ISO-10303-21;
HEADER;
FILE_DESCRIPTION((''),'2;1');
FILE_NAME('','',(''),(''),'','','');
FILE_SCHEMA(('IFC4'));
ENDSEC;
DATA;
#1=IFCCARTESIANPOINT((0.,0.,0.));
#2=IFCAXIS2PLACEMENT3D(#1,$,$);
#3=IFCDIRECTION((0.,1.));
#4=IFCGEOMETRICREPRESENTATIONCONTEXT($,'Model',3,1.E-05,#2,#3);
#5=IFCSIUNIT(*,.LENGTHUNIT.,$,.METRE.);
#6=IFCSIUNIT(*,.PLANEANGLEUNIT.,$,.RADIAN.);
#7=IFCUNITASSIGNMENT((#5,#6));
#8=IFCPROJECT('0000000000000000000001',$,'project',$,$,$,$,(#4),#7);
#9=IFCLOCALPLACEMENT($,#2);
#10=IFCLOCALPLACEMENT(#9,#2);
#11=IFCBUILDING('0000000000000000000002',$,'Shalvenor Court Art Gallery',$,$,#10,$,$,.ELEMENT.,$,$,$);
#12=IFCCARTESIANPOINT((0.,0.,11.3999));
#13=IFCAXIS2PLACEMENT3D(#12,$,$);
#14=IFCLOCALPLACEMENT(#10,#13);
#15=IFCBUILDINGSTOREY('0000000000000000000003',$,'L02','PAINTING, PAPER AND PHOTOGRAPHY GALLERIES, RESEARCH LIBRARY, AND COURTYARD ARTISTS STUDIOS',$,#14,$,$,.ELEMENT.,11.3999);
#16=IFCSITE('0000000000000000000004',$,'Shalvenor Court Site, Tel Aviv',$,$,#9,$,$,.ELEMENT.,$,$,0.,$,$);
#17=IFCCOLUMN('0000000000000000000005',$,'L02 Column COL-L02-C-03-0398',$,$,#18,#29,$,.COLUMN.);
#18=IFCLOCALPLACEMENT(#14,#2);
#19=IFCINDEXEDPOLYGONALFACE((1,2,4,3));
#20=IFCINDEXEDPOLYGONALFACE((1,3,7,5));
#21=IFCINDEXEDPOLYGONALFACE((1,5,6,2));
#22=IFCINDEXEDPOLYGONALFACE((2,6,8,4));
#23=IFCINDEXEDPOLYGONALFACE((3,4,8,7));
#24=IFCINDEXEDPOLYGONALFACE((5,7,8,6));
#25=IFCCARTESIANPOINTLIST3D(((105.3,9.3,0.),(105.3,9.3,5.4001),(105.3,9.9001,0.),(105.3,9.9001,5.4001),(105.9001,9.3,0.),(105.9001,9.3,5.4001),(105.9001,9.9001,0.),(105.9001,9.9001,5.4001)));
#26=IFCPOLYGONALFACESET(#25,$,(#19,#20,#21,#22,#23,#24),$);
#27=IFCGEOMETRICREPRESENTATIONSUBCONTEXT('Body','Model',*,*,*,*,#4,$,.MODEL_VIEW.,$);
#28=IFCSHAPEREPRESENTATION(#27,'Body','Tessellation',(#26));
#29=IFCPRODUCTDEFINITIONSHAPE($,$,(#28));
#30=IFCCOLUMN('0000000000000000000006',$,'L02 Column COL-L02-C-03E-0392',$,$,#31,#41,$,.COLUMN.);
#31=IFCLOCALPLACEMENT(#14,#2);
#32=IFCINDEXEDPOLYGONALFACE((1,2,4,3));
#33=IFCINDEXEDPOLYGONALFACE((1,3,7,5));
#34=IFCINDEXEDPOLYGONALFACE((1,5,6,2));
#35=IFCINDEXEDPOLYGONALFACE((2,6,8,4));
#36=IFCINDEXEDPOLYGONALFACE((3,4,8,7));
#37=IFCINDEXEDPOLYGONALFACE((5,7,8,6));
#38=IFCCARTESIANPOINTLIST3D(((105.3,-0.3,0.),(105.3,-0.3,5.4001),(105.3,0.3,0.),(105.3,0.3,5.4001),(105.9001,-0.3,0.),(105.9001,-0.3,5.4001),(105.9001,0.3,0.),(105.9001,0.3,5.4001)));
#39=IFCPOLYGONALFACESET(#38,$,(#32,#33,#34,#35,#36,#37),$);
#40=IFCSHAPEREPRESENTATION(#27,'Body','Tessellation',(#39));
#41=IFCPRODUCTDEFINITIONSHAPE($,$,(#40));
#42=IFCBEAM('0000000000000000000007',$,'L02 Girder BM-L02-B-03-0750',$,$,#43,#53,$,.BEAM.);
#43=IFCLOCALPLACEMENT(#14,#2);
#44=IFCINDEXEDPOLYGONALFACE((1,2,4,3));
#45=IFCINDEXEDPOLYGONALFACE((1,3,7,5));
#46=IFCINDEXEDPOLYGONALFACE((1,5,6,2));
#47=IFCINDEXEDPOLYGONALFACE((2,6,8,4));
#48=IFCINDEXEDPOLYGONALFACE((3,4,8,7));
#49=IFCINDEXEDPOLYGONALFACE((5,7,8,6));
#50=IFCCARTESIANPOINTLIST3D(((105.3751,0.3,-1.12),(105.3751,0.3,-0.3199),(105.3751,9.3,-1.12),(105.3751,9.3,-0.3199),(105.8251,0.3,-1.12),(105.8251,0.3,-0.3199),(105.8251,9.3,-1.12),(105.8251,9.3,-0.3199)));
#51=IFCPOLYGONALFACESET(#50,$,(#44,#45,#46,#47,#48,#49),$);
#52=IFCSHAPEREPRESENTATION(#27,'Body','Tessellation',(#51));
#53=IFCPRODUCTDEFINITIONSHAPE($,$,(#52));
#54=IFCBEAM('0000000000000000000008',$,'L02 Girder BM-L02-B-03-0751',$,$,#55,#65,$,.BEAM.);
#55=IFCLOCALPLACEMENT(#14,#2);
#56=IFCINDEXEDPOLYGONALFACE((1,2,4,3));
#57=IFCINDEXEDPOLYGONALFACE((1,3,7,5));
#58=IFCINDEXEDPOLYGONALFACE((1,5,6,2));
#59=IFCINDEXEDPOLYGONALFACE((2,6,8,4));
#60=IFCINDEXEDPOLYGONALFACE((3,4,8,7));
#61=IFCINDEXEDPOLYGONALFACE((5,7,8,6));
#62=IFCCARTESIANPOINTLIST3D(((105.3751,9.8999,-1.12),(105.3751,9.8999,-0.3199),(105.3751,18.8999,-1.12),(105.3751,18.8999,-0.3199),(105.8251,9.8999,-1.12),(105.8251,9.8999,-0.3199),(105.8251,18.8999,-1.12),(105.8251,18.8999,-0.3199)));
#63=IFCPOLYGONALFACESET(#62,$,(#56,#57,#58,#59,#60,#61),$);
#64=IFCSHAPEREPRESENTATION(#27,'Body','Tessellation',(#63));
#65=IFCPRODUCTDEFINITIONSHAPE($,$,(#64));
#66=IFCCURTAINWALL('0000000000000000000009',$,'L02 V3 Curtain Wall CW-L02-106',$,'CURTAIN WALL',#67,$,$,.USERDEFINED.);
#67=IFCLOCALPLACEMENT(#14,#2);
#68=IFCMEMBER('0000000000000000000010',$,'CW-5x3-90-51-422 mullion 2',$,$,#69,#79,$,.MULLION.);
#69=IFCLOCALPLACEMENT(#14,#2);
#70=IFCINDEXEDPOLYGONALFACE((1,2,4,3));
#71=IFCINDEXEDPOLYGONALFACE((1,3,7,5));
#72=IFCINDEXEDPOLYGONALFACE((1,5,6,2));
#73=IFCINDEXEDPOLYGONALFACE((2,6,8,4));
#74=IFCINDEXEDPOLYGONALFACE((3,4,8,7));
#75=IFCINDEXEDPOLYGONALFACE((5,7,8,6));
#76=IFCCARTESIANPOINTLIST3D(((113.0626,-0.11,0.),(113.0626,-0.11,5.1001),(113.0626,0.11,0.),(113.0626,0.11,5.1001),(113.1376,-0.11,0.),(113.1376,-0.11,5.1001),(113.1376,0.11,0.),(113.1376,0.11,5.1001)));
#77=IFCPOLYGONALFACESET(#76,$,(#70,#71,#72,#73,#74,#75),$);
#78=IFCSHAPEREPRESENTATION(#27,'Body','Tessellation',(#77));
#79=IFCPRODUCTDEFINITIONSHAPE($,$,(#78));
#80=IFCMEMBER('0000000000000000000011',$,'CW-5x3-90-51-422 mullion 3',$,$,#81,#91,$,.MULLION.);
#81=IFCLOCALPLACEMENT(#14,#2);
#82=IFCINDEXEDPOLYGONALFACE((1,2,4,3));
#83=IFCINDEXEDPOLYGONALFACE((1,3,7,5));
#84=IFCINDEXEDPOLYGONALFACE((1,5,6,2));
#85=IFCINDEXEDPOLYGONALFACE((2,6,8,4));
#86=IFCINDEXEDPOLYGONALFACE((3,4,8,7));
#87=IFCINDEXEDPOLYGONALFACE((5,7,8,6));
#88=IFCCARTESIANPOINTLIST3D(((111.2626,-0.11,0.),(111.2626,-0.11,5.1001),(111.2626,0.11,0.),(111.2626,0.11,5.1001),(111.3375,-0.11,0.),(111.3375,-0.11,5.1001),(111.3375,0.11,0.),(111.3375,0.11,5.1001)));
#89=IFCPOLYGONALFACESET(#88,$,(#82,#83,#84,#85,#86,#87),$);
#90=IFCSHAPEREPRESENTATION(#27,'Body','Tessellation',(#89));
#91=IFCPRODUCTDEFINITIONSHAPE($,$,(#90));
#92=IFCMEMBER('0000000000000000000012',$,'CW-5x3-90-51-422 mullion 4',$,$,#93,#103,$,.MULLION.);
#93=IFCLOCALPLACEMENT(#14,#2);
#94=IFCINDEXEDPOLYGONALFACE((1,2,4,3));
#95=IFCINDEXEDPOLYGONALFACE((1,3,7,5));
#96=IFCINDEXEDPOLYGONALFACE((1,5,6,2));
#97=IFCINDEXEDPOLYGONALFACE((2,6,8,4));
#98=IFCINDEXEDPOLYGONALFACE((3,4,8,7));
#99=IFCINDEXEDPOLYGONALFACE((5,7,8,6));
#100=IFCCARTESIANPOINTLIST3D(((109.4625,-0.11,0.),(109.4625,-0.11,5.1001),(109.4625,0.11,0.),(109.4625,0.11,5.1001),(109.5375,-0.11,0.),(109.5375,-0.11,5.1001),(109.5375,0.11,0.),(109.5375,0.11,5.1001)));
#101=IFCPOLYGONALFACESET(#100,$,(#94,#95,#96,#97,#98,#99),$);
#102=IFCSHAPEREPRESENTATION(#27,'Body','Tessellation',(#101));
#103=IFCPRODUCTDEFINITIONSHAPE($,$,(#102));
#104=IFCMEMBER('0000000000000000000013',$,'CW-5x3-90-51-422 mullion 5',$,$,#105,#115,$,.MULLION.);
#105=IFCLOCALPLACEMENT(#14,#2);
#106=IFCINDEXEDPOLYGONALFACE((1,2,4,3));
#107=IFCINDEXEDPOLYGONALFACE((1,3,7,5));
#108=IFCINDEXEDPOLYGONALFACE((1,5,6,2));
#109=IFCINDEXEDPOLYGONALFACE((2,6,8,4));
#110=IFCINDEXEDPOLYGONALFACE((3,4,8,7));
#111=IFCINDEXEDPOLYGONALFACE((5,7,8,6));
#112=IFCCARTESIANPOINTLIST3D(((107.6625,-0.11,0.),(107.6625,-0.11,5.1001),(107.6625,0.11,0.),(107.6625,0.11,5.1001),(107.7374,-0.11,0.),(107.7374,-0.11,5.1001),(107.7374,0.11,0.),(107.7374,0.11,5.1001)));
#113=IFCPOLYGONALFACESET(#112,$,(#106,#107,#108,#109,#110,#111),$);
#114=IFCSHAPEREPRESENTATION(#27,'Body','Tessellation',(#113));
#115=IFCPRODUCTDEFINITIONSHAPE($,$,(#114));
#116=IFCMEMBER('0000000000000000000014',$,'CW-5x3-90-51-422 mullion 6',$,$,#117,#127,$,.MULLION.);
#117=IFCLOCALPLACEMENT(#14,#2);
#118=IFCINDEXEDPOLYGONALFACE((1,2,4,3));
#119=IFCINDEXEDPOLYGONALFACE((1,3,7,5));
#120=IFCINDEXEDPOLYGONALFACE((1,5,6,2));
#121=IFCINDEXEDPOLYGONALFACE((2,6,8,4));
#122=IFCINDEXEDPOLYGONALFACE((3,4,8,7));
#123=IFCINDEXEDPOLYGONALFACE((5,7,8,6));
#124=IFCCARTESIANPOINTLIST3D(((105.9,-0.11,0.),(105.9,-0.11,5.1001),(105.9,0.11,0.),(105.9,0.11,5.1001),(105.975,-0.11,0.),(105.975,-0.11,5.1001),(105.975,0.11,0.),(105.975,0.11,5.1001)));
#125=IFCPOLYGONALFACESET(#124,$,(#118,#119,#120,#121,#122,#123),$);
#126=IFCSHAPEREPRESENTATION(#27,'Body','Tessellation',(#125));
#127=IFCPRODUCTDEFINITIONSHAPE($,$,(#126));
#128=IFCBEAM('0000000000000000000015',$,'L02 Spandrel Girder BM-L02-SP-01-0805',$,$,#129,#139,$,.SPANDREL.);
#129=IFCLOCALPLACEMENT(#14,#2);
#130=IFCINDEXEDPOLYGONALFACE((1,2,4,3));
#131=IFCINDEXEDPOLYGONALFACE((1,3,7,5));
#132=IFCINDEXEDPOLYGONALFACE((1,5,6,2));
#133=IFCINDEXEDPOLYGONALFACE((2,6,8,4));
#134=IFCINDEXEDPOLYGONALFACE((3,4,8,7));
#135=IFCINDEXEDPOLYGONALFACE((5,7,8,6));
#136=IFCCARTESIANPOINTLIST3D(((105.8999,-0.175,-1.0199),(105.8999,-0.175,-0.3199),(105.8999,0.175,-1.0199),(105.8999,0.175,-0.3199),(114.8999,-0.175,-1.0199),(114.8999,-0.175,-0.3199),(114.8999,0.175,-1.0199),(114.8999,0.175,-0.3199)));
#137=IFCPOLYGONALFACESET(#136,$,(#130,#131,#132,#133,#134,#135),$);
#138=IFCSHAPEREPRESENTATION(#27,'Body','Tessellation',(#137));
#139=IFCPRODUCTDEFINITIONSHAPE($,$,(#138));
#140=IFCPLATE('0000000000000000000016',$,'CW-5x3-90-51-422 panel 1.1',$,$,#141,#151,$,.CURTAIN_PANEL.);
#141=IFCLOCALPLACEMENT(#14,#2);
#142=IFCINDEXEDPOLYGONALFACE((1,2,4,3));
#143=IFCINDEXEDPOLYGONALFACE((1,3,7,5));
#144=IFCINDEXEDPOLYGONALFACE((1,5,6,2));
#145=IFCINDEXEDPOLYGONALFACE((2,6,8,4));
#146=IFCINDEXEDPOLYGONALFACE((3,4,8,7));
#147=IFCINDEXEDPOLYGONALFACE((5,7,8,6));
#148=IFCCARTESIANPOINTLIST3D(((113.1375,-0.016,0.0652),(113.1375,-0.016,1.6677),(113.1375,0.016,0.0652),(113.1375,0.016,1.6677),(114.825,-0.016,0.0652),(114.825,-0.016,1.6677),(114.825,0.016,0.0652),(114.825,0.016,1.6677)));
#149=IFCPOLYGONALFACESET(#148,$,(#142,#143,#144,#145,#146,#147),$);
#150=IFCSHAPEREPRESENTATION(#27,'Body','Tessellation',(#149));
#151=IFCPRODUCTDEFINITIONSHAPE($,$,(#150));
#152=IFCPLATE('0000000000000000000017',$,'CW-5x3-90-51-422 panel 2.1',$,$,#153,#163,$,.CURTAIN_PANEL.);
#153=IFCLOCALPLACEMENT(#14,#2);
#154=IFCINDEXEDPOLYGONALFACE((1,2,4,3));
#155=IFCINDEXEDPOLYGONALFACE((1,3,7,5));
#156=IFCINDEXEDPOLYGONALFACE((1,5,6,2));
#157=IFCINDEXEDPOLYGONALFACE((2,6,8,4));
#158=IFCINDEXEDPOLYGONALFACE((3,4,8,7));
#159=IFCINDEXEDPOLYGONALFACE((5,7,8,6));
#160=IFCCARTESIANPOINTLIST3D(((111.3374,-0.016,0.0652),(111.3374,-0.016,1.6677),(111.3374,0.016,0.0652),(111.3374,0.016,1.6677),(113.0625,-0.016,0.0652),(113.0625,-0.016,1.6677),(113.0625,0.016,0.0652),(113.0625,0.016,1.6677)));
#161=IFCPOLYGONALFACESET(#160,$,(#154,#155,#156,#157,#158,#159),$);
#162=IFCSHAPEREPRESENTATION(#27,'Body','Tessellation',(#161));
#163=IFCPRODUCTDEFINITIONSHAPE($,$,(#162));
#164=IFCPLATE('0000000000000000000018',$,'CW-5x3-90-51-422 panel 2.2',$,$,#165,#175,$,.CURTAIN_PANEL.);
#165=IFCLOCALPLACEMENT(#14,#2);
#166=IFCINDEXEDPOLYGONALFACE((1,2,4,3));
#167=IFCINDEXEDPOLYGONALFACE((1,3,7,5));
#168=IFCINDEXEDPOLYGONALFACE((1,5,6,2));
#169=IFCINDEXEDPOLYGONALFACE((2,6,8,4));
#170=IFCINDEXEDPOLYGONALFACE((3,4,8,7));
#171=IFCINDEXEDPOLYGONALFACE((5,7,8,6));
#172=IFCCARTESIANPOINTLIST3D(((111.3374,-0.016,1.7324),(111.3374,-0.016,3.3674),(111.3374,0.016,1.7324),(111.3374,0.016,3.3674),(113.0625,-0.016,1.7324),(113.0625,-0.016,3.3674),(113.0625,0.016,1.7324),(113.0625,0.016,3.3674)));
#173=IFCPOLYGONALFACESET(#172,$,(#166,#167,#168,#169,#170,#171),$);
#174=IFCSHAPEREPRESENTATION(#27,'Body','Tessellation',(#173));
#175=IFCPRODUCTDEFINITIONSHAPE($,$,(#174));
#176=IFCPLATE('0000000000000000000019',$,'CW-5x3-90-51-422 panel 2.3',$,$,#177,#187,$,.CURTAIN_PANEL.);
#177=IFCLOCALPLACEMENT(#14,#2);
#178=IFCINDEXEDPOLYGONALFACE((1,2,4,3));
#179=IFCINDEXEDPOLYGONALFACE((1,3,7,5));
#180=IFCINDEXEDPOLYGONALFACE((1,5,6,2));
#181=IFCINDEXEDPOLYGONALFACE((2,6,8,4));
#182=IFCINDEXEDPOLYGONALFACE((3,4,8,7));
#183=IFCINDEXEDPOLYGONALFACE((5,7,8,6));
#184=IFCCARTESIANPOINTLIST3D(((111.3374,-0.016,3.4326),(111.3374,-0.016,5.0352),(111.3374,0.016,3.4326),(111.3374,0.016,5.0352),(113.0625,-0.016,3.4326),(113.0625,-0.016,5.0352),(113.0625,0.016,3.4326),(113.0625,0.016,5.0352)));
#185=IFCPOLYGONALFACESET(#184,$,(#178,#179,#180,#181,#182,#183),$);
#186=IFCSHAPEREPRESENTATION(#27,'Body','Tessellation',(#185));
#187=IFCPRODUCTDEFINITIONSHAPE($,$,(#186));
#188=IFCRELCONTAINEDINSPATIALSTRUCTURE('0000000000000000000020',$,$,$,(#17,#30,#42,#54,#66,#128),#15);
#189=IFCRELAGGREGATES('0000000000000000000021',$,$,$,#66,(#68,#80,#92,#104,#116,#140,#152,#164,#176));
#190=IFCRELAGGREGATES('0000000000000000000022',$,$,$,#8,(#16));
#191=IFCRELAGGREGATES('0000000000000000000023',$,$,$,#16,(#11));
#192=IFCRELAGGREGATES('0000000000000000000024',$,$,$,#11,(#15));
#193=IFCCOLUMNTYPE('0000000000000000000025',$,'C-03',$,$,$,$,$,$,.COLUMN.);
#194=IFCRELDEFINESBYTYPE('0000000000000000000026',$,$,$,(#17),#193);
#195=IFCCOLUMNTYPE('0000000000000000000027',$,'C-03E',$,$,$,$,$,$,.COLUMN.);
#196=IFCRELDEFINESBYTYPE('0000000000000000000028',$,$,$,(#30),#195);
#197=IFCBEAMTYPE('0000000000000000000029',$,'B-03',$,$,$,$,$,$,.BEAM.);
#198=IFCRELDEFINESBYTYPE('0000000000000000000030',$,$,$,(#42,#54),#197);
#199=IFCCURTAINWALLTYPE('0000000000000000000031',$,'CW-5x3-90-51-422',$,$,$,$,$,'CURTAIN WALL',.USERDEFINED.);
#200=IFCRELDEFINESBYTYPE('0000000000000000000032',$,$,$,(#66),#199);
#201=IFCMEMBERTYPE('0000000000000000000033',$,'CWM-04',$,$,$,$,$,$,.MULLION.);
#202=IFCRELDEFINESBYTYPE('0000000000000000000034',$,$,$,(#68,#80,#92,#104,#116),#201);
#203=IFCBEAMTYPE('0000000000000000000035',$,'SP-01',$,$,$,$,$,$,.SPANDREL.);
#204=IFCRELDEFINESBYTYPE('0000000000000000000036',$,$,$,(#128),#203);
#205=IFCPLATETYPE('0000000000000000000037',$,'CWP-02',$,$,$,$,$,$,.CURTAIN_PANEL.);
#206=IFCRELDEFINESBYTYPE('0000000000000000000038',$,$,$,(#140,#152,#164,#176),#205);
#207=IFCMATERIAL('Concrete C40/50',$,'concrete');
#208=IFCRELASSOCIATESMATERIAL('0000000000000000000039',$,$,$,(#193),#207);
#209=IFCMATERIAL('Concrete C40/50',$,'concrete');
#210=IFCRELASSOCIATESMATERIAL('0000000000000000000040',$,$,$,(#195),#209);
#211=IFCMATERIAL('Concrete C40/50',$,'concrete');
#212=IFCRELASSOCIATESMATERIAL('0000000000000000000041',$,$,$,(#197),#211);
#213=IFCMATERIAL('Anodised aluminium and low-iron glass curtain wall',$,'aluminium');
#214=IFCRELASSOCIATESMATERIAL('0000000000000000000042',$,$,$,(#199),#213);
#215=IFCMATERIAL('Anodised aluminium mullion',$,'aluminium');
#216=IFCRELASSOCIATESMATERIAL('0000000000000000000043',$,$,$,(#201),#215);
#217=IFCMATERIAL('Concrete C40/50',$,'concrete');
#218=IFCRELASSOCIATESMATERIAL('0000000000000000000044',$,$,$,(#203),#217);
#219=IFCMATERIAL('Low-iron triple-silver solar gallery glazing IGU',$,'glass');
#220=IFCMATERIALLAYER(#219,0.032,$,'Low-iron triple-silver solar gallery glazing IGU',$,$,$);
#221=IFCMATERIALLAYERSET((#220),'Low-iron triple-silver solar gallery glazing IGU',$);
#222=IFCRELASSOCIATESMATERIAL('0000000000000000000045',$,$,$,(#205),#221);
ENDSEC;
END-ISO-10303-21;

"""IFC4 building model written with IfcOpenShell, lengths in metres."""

from ifc_helpers import new_model, si_unit, direction, frame, origin, origin_2d, place, context, subcontext, project, spatial, rectangle, extrude, material, layer, layer_set, material_profile, profile_set, type_object, element, aggregate, save


model = new_model("IFC4")

# Units and contexts
model_context = context("Model", 3, precision=1e-05, world=origin(), true_north=direction((0.0, 1.0)))
body_context = subcontext(model_context, "Body", "Model", "MODEL_VIEW")
ifc_project = project(units=[si_unit("LENGTHUNIT", "METRE"), si_unit("PLANEANGLEUNIT", "RADIAN")], contexts=[model_context])

# Site, building, storey
site_placement = place(None, origin())
site = spatial("IfcSite", under=ifc_project, at=site_placement, Name="Shalvenor Court Site, Tel Aviv", CompositionType="ELEMENT", RefElevation=0.0)
building_placement = place(site_placement, origin())
building = spatial("IfcBuilding", under=site, at=building_placement, Name="Shalvenor Court Art Gallery", CompositionType="ELEMENT")
storey_placement = place(building_placement, frame((0.0, 0.0, 11.3999)))
storey = spatial("IfcBuildingStorey", under=building, at=storey_placement, Name="L02", Description="PAINTING, PAPER AND PHOTOGRAPHY GALLERIES, RESEARCH LIBRARY, AND COURTYARD ARTISTS STUDIOS", CompositionType="ELEMENT", Elevation=11.3999)

# Columns
ifc_material_1 = material(Name="Concrete C40/50", Category="concrete")
ifc_material_profile_1 = material_profile(ifc_material_1, rectangle(XDim=0.6001, YDim=0.6001, at=origin_2d()), Name="RC 600x600")
ifc_profile_set_1 = profile_set([ifc_material_profile_1], Name="Concrete C40/50")
column_type_1 = type_object("IfcColumnType", Name="C-03", PredefinedType="COLUMN", material=ifc_profile_set_1)
column_1_placement = place(storey_placement, frame((105.6001, 9.6001, 0.0), z_axis=(0.0, 0.0, 1.0), x_axis=(1.0, 0.0, 0.0)))
element("IfcColumn", 1, at=column_1_placement, inside=storey, type_object=column_type_1, Name="L02 Column COL-L02-C-03-0398", PredefinedType="COLUMN", context=body_context, shape_type="SweptSolid", body=[
    extrude(rectangle(XDim=0.6001, YDim=0.6001, at=origin_2d()), origin(), (0.0, 0.0, 1.0), 5.4001),
])
ifc_material_2 = material(Name="Concrete C40/50", Category="concrete")
ifc_material_profile_2 = material_profile(ifc_material_2, rectangle(XDim=0.6001, YDim=0.6001, at=origin_2d()), Name="RC 600x600")
ifc_profile_set_2 = profile_set([ifc_material_profile_2], Name="Concrete C40/50")
column_type_2 = type_object("IfcColumnType", Name="C-03E", PredefinedType="COLUMN", material=ifc_profile_set_2)
column_2_placement = place(storey_placement, frame((105.6001, 0.0, 0.0), z_axis=(0.0, 0.0, 1.0), x_axis=(1.0, 0.0, 0.0)))
element("IfcColumn", 2, at=column_2_placement, inside=storey, type_object=column_type_2, Name="L02 Column COL-L02-C-03E-0392", PredefinedType="COLUMN", context=body_context, shape_type="SweptSolid", body=[
    extrude(rectangle(XDim=0.6001, YDim=0.6001, at=origin_2d()), origin(), (0.0, 0.0, 1.0), 5.4001),
])

# Beams
ifc_material_3 = material(Name="Concrete C40/50", Category="concrete")
ifc_material_profile_3 = material_profile(ifc_material_3, rectangle(XDim=0.45, YDim=0.8, at=origin_2d()), Name="RC 450x800")
ifc_profile_set_3 = profile_set([ifc_material_profile_3], Name="Concrete C40/50")
beam_type_1 = type_object("IfcBeamType", Name="B-03", PredefinedType="BEAM", material=ifc_profile_set_3)
for number, where, z_axis, x_axis, name in (
    (3, (105.6001, 0.3, -0.72), (0.0, 1.0, 0.0), (-1.0, 0.0, 0.0), "L02 Girder BM-L02-B-03-0750"),
    (4, (105.6001, 9.8999, -0.72), (0.0, 1.0, 0.0), (-1.0, 0.0, 0.0), "L02 Girder BM-L02-B-03-0751"),
):
    element("IfcBeam", number, at=place(storey_placement, frame(where, z_axis=z_axis, x_axis=x_axis)), inside=storey, type_object=beam_type_1, Name=name, PredefinedType="BEAM", context=body_context, shape_type="SweptSolid", body=[
        extrude(rectangle(XDim=0.45, YDim=0.8, at=origin_2d()), origin(), (0.0, 0.0, 1.0), 9.0),
    ])

# Curtain wall, members
ifc_material_4 = material(Name="Anodised aluminium and low-iron glass curtain wall", Category="aluminium")
curtain_wall_type = type_object("IfcCurtainWallType", Name="CW-5x3-90-51-422", ElementType="CURTAIN WALL", PredefinedType="USERDEFINED", material=ifc_material_4)
curtain_wall_placement = place(storey_placement, origin())
curtain_wall = element("IfcCurtainWall", 5, at=curtain_wall_placement, inside=storey, type_object=curtain_wall_type, Name="L02 V3 Curtain Wall CW-L02-106", ObjectType="CURTAIN WALL", PredefinedType="USERDEFINED")
ifc_material_5 = material(Name="Anodised aluminium mullion", Category="aluminium")
ifc_material_profile_4 = material_profile(ifc_material_5, rectangle(XDim=0.075, YDim=0.22, at=origin_2d()), Name="CWM-04")
ifc_profile_set_4 = profile_set([ifc_material_profile_4], Name="Anodised aluminium mullion")
member_type = type_object("IfcMemberType", Name="CWM-04", PredefinedType="MULLION", material=ifc_profile_set_4)
member_1_placement = place(storey_placement, frame((113.1001, 0.0, 0.0), z_axis=(0.0, 0.0, 1.0), x_axis=(-1.0, 0.0, 0.0)))
member_1 = element("IfcMember", 6, at=member_1_placement, type_object=member_type, Name="CW-5x3-90-51-422 mullion 2", PredefinedType="MULLION", context=body_context, shape_type="SweptSolid", body=[
    extrude(rectangle(XDim=0.075, YDim=0.22, at=origin_2d()), origin(), (0.0, 0.0, 1.0), 5.1001),
])
member_2_placement = place(storey_placement, frame((111.3, 0.0, 0.0), z_axis=(0.0, 0.0, 1.0), x_axis=(-1.0, 0.0, 0.0)))
member_2 = element("IfcMember", 7, at=member_2_placement, type_object=member_type, Name="CW-5x3-90-51-422 mullion 3", PredefinedType="MULLION", context=body_context, shape_type="SweptSolid", body=[
    extrude(rectangle(XDim=0.075, YDim=0.22, at=origin_2d()), origin(), (0.0, 0.0, 1.0), 5.1001),
])
member_3_placement = place(storey_placement, frame((109.5, 0.0, 0.0), z_axis=(0.0, 0.0, 1.0), x_axis=(-1.0, 0.0, 0.0)))
member_3 = element("IfcMember", 8, at=member_3_placement, type_object=member_type, Name="CW-5x3-90-51-422 mullion 4", PredefinedType="MULLION", context=body_context, shape_type="SweptSolid", body=[
    extrude(rectangle(XDim=0.075, YDim=0.22, at=origin_2d()), origin(), (0.0, 0.0, 1.0), 5.1001),
])
member_4_placement = place(storey_placement, frame((107.7, 0.0, 0.0), z_axis=(0.0, 0.0, 1.0), x_axis=(-1.0, 0.0, 0.0)))
member_4 = element("IfcMember", 9, at=member_4_placement, type_object=member_type, Name="CW-5x3-90-51-422 mullion 5", PredefinedType="MULLION", context=body_context, shape_type="SweptSolid", body=[
    extrude(rectangle(XDim=0.075, YDim=0.22, at=origin_2d()), origin(), (0.0, 0.0, 1.0), 5.1001),
])
member_5_placement = place(storey_placement, frame((105.9375, 0.0, 0.0), z_axis=(0.0, 0.0, 1.0), x_axis=(-1.0, 0.0, 0.0)))
member_5 = element("IfcMember", 10, at=member_5_placement, type_object=member_type, Name="CW-5x3-90-51-422 mullion 6", PredefinedType="MULLION", context=body_context, shape_type="SweptSolid", body=[
    extrude(rectangle(XDim=0.075, YDim=0.22, at=origin_2d()), origin(), (0.0, 0.0, 1.0), 5.1001),
])

# Beam
ifc_material_6 = material(Name="Concrete C40/50", Category="concrete")
ifc_material_profile_5 = material_profile(ifc_material_6, rectangle(XDim=0.3501, YDim=0.7, at=origin_2d()), Name="RC 350x700")
ifc_profile_set_5 = profile_set([ifc_material_profile_5], Name="Concrete C40/50")
beam_type_2 = type_object("IfcBeamType", Name="SP-01", PredefinedType="SPANDREL", material=ifc_profile_set_5)
beam_placement = place(storey_placement, frame((105.8999, 0.0, -0.6699), z_axis=(1.0, 0.0, 0.0), x_axis=(0.0, 1.0, 0.0)))
element("IfcBeam", 11, at=beam_placement, inside=storey, type_object=beam_type_2, Name="L02 Spandrel Girder BM-L02-SP-01-0805", PredefinedType="SPANDREL", context=body_context, shape_type="SweptSolid", body=[
    extrude(rectangle(XDim=0.3501, YDim=0.7, at=origin_2d()), origin(), (0.0, 0.0, 1.0), 9.0),
])

# Plates
ifc_material_7 = material(Name="Low-iron triple-silver solar gallery glazing IGU", Category="glass")
ifc_layer_1 = layer(ifc_material_7, 0.032, Name="Low-iron triple-silver solar gallery glazing IGU")
ifc_layer_set_1 = layer_set([ifc_layer_1], Name="Low-iron triple-silver solar gallery glazing IGU")
plate_type_1 = type_object("IfcPlateType", Name="CWP-02", PredefinedType="CURTAIN_PANEL", material=ifc_layer_set_1)
plate_1_placement = place(storey_placement, frame((113.9812, 0.0, 0.0652), z_axis=(0.0, 0.0, 1.0), x_axis=(-1.0, 0.0, 0.0)))
plate_1 = element("IfcPlate", 12, at=plate_1_placement, type_object=plate_type_1, Name="CW-5x3-90-51-422 panel 1.1", PredefinedType="CURTAIN_PANEL", context=body_context, shape_type="SweptSolid", body=[
    extrude(rectangle(XDim=1.6875, YDim=0.032, at=origin_2d()), origin(), (0.0, 0.0, 1.0), 1.6025),
])
plate_2_placement = place(storey_placement, frame((112.2, 0.0, 0.0652), z_axis=(0.0, 0.0, 1.0), x_axis=(-1.0, 0.0, 0.0)))
plate_2 = element("IfcPlate", 13, at=plate_2_placement, type_object=plate_type_1, Name="CW-5x3-90-51-422 panel 2.1", PredefinedType="CURTAIN_PANEL", context=body_context, shape_type="SweptSolid", body=[
    extrude(rectangle(XDim=1.7251, YDim=0.032, at=origin_2d()), origin(), (0.0, 0.0, 1.0), 1.6025),
])
plate_3_placement = place(storey_placement, frame((112.2, 0.0, 1.7324), z_axis=(0.0, 0.0, 1.0), x_axis=(-1.0, 0.0, 0.0)))
plate_3 = element("IfcPlate", 14, at=plate_3_placement, type_object=plate_type_1, Name="CW-5x3-90-51-422 panel 2.2", PredefinedType="CURTAIN_PANEL", context=body_context, shape_type="SweptSolid", body=[
    extrude(rectangle(XDim=1.7251, YDim=0.032, at=origin_2d()), origin(), (0.0, 0.0, 1.0), 1.635),
])
plate_4_placement = place(storey_placement, frame((112.2, 0.0, 3.4326), z_axis=(0.0, 0.0, 1.0), x_axis=(-1.0, 0.0, 0.0)))
plate_4 = element("IfcPlate", 15, at=plate_4_placement, type_object=plate_type_1, Name="CW-5x3-90-51-422 panel 2.3", PredefinedType="CURTAIN_PANEL", context=body_context, shape_type="SweptSolid", body=[
    extrude(rectangle(XDim=1.7251, YDim=0.032, at=origin_2d()), origin(), (0.0, 0.0, 1.0), 1.6025),
])
aggregate(curtain_wall, [member_1, member_2, member_3, member_4, member_5, plate_1, plate_2, plate_3, plate_4])

save(model, "model.ifc")
